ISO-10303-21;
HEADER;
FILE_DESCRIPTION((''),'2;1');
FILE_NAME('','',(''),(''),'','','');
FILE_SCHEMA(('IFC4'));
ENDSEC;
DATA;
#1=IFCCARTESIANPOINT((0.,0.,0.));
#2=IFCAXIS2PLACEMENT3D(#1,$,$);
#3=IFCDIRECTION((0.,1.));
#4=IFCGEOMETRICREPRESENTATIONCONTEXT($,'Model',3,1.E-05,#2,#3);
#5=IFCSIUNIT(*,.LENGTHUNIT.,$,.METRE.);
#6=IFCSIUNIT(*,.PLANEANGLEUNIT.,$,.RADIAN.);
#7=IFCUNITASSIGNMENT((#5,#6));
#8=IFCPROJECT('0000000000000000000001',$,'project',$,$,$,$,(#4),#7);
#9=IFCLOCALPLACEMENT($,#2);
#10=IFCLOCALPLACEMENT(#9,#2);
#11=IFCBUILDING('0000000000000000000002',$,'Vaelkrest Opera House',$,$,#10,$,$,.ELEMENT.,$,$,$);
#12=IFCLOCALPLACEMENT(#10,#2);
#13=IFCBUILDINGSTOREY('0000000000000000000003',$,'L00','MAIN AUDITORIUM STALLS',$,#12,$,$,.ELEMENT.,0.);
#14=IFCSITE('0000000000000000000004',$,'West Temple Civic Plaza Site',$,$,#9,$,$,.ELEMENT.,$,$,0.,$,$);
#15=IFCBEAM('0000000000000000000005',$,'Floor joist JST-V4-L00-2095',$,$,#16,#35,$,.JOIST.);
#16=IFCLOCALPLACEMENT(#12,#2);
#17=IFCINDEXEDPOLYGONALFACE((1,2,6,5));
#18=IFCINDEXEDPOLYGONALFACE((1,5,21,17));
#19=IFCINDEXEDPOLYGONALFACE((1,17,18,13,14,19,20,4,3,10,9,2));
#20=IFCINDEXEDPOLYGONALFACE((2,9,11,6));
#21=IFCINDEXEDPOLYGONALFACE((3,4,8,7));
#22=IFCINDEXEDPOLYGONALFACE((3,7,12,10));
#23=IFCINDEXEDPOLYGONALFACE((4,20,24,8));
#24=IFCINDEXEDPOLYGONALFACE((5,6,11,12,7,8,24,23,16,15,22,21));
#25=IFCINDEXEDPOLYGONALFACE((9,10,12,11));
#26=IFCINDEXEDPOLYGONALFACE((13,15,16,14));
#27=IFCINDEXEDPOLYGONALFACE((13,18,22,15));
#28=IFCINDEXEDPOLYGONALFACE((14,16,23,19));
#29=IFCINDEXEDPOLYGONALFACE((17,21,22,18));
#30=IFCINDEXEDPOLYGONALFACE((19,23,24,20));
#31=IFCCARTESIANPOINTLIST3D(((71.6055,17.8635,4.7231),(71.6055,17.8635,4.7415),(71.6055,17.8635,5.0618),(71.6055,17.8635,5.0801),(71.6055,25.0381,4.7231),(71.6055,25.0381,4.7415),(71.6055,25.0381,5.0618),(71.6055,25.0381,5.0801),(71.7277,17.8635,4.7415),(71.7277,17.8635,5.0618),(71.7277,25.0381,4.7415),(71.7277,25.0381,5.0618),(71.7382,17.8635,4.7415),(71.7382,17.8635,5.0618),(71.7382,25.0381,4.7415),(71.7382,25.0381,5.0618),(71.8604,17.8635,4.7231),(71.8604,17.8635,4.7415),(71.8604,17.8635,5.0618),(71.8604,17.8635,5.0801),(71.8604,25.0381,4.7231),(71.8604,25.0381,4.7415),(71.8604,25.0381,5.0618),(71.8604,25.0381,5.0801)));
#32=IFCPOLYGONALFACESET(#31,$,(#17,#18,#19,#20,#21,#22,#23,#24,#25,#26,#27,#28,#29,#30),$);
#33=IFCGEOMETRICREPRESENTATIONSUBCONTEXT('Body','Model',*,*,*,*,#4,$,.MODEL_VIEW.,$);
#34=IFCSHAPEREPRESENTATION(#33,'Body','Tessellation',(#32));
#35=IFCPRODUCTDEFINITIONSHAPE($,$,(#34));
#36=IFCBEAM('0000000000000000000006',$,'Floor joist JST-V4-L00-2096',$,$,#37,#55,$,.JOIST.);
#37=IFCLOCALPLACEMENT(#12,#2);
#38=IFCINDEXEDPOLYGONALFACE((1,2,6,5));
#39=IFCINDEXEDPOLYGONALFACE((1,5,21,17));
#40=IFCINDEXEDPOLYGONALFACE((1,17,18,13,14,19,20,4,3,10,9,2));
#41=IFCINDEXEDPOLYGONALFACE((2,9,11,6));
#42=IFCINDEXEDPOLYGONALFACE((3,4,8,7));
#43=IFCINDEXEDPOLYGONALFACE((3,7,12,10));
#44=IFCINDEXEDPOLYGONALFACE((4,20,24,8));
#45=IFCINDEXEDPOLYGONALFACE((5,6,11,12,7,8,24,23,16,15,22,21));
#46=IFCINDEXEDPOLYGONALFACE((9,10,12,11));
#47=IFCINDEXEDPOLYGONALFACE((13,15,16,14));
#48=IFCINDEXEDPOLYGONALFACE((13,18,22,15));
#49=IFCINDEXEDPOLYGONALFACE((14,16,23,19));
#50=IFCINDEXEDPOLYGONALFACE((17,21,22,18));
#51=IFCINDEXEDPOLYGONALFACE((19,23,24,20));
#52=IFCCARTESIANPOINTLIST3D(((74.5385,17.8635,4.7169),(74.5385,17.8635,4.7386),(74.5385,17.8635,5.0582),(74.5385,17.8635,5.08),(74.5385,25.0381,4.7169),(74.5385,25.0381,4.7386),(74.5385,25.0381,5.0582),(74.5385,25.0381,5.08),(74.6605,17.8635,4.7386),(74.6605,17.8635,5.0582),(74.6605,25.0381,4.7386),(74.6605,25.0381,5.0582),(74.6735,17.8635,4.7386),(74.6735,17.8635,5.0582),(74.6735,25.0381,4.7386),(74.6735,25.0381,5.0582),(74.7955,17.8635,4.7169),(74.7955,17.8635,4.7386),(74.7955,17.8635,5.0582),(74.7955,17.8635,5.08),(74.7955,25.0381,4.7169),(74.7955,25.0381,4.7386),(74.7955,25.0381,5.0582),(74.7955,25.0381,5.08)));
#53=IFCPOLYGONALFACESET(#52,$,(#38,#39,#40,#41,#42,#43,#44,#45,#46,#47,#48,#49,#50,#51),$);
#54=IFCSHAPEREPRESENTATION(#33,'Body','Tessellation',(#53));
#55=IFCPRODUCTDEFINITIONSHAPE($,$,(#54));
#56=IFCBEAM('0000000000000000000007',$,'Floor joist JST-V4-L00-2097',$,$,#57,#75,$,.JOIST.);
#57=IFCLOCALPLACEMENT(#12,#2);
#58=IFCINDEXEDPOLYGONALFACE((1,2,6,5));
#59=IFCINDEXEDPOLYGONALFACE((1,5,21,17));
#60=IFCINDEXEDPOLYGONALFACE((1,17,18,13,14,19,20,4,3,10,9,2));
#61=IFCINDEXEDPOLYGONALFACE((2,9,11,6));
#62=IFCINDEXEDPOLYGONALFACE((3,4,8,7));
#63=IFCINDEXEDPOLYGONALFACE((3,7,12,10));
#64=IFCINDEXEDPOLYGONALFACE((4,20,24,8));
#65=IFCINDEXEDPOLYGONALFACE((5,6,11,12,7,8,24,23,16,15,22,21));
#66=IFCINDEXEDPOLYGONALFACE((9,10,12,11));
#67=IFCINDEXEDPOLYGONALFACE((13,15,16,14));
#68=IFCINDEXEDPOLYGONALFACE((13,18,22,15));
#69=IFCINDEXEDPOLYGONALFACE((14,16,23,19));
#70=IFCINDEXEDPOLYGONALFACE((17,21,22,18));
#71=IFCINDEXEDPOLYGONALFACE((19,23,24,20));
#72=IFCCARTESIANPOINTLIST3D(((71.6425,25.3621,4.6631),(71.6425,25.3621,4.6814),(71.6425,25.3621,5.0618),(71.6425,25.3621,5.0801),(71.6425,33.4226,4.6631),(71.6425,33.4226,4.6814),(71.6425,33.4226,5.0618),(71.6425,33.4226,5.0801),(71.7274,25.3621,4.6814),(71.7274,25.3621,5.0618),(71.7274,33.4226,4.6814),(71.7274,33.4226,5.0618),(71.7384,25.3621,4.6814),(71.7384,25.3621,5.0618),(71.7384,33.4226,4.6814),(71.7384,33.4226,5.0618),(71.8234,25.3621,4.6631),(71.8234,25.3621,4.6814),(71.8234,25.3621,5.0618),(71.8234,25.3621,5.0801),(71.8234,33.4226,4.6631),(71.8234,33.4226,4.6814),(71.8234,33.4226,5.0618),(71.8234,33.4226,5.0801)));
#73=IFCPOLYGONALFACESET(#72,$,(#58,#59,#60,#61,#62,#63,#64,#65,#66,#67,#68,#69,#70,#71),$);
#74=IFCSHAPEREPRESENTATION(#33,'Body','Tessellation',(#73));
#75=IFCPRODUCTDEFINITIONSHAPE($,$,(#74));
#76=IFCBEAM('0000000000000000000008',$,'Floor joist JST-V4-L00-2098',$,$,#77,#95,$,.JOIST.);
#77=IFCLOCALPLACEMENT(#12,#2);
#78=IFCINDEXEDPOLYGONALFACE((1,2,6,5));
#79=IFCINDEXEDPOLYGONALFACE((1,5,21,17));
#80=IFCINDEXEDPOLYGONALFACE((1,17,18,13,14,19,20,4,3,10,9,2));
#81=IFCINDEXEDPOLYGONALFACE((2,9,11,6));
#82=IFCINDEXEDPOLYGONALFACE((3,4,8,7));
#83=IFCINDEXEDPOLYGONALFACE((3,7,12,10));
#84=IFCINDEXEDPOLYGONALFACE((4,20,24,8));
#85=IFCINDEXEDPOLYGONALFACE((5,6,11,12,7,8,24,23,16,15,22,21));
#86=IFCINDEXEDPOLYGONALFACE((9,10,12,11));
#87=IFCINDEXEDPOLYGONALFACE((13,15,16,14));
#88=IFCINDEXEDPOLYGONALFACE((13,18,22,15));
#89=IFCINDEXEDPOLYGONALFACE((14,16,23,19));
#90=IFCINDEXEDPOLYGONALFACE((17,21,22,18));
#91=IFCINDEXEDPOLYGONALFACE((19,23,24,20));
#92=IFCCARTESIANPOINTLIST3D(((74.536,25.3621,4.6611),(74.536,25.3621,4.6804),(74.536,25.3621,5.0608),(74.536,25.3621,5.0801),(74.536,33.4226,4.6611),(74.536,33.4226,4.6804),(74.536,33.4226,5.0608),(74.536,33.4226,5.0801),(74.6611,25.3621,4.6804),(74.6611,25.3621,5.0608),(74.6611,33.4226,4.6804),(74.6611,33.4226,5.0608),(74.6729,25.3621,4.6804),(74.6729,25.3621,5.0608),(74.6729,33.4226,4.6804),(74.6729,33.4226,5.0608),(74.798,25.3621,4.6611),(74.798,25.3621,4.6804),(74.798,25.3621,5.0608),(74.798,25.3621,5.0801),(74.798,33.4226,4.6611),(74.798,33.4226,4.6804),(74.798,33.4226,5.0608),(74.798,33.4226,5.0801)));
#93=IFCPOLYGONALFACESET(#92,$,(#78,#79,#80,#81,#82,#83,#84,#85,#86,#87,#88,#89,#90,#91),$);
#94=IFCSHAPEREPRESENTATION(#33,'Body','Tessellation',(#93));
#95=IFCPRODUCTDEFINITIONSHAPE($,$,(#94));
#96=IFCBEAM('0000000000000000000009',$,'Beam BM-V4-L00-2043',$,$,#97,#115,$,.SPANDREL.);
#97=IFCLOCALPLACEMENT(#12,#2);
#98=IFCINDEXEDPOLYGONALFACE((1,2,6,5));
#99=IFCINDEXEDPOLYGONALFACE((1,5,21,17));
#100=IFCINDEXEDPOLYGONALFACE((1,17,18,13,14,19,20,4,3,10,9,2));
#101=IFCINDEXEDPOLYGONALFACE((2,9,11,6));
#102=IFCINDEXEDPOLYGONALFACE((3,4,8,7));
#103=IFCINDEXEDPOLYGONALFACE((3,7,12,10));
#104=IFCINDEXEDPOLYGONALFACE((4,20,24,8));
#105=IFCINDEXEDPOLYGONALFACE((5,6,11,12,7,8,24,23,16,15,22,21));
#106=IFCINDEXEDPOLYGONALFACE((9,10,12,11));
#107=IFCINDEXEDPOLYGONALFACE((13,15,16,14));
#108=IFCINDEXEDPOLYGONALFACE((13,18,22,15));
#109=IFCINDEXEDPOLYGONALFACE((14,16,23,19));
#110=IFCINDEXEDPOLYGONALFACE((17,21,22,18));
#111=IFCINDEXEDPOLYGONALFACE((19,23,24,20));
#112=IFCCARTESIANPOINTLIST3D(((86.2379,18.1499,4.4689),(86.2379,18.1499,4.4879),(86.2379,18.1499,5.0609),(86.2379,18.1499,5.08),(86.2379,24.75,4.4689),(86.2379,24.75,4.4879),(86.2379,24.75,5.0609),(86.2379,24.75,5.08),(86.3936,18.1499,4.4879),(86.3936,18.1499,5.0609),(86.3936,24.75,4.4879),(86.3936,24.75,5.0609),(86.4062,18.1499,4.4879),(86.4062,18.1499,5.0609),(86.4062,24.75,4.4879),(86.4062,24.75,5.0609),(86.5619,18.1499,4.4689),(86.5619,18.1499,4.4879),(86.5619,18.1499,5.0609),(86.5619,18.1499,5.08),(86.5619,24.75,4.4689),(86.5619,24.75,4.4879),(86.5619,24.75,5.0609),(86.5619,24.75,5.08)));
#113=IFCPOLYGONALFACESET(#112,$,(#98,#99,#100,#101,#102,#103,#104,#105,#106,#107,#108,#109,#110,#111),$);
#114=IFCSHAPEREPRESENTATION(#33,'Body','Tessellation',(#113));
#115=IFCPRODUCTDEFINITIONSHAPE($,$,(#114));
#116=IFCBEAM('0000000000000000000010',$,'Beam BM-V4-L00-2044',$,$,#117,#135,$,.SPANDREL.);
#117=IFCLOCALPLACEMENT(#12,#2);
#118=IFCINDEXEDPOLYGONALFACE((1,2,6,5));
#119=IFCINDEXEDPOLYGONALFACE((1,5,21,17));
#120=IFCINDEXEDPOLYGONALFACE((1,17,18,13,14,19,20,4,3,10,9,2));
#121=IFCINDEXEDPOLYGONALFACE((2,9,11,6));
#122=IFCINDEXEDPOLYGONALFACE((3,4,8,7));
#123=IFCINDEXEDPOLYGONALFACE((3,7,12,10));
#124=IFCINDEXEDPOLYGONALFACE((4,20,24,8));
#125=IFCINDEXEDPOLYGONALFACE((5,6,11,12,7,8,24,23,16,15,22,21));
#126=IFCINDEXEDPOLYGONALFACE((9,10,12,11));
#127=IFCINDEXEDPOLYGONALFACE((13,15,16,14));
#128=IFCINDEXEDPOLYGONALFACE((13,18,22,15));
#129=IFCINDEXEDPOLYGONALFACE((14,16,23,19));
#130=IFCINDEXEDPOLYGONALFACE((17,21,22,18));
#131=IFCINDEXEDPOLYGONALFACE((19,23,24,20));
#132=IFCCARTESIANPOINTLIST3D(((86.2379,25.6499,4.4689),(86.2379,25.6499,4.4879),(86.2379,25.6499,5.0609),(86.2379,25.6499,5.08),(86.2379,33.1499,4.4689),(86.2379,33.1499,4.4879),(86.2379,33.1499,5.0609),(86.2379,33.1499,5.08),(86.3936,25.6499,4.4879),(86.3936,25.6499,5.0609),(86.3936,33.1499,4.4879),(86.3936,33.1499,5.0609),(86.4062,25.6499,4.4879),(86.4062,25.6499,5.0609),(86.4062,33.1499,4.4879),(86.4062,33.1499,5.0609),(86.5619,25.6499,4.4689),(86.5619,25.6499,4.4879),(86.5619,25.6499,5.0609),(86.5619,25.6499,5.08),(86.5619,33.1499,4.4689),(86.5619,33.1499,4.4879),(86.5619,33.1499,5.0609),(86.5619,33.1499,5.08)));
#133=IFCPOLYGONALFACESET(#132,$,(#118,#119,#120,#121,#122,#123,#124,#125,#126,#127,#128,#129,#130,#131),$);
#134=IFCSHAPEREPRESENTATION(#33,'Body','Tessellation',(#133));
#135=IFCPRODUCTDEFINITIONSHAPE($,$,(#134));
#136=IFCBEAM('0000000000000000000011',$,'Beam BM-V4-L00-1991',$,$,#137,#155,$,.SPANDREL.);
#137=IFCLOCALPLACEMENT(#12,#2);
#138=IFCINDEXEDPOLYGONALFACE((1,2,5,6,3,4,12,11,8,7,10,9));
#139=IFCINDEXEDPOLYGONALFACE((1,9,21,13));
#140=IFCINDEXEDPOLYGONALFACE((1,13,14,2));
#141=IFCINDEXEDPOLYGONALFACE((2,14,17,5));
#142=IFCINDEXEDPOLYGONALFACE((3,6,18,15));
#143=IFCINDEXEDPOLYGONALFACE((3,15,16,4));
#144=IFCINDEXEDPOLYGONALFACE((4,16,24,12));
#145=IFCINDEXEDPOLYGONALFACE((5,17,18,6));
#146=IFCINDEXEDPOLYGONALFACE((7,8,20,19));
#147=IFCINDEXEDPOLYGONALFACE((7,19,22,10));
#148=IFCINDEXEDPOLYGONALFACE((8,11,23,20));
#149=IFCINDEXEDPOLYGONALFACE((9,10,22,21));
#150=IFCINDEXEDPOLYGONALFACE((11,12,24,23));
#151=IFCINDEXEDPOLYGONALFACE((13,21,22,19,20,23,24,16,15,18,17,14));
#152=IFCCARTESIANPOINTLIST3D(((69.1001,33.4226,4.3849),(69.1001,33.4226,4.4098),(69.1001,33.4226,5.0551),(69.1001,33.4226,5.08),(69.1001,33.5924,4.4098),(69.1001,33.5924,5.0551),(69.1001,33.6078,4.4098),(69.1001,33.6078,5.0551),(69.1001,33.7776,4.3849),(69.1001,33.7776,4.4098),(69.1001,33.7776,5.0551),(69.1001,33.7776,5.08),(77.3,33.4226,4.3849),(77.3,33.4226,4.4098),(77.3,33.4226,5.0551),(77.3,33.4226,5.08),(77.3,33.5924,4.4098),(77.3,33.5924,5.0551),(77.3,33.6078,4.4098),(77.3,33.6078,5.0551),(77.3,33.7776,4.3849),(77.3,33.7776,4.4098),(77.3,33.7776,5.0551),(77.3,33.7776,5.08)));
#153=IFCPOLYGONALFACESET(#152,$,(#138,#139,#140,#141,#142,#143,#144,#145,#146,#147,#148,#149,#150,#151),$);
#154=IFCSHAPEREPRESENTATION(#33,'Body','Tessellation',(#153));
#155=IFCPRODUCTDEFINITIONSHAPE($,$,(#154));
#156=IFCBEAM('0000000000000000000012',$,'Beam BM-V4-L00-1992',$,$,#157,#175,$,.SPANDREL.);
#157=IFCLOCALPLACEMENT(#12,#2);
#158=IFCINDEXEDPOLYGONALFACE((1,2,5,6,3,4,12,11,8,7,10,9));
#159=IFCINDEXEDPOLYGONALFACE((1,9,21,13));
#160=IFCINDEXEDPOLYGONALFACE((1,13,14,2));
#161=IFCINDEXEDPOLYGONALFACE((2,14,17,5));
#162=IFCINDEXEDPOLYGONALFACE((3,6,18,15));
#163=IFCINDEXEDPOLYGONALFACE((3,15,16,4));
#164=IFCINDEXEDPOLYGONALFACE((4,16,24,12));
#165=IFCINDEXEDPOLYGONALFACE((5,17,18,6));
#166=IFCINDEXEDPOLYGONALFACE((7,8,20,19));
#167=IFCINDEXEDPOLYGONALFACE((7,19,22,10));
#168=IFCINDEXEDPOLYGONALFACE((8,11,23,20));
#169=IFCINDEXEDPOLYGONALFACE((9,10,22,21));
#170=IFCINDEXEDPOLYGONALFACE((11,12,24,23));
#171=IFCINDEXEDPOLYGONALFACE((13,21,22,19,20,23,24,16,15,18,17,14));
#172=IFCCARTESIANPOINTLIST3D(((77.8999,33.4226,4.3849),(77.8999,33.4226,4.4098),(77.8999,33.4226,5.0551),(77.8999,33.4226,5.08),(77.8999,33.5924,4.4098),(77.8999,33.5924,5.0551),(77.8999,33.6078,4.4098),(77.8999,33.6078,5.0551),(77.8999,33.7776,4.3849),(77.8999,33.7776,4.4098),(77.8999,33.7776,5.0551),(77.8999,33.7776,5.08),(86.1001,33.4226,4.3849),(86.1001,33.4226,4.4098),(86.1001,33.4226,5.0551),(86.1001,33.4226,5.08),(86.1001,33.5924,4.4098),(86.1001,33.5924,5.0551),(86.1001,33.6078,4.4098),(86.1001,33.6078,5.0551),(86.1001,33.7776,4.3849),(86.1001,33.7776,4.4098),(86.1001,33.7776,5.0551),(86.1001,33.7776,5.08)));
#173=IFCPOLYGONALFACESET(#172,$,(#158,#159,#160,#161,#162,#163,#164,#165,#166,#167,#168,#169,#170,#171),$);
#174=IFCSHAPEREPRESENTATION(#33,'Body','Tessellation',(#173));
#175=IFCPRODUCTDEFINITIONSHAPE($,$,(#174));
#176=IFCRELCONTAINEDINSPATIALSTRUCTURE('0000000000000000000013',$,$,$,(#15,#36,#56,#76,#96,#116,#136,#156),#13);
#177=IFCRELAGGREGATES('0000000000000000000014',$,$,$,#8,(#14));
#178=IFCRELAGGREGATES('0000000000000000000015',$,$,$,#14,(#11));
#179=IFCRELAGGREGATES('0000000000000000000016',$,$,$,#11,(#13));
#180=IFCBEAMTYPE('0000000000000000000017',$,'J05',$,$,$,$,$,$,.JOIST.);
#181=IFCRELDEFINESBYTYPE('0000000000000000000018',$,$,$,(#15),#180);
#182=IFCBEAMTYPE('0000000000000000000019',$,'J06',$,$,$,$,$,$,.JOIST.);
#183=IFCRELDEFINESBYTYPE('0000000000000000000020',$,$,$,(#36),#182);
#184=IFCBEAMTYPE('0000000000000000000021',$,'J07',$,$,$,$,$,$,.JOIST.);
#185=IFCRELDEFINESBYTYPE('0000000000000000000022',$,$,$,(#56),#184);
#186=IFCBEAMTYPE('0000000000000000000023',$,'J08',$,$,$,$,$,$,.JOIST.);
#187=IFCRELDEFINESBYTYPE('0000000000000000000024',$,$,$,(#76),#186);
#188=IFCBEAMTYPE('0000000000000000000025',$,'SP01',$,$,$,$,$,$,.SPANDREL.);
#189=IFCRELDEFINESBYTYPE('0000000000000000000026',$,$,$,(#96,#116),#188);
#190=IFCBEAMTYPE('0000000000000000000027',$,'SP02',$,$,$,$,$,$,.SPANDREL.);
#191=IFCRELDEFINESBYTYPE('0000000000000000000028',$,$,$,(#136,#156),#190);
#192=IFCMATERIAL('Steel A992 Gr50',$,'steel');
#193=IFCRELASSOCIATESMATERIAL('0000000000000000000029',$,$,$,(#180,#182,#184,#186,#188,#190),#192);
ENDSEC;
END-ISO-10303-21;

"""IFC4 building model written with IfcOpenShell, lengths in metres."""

from ifc_helpers import new_model, si_unit, direction, frame, origin, origin_2d, place, context, subcontext, project, spatial, i_section, extrude, material, material_profile, profile_set, type_object, element, save


model = new_model("IFC4")

# Units and contexts
model_context = context("Model", 3, precision=1e-05, world=origin(), true_north=direction((0.0, 1.0)))
body_context = subcontext(model_context, "Body", "Model", "MODEL_VIEW")
ifc_project = project(units=[si_unit("LENGTHUNIT", "METRE"), si_unit("PLANEANGLEUNIT", "RADIAN")], contexts=[model_context])

# Site, building, storey
site_placement = place(None, origin())
site = spatial("IfcSite", under=ifc_project, at=site_placement, Name="West Temple Civic Plaza Site", CompositionType="ELEMENT", RefElevation=0.0)
building_placement = place(site_placement, origin())
building = spatial("IfcBuilding", under=site, at=building_placement, Name="Vaelkrest Opera House", CompositionType="ELEMENT")
storey_placement = place(building_placement, origin())
storey = spatial("IfcBuildingStorey", under=building, at=storey_placement, Name="L00", Description="MAIN AUDITORIUM STALLS", CompositionType="ELEMENT", Elevation=0.0)

# Beams
ifc_material_1 = material(Name="Steel A992 Gr50", Category="steel")
ifc_material_profile_1 = material_profile(ifc_material_1, i_section(OverallWidth=0.2549, OverallDepth=0.3569, WebThickness=0.0105, FlangeThickness=0.0183, at=origin_2d()), Name="W14X68")
ifc_profile_set_1 = profile_set([ifc_material_profile_1], Name="Steel A992 Gr50")
beam_type_1 = type_object("IfcBeamType", Name="J05", PredefinedType="JOIST", material=ifc_profile_set_1)
beam_1_placement = place(storey_placement, frame((71.7329, 17.8635, 4.9016), z_axis=(0.0, 1.0, 0.0), x_axis=(-1.0, 0.0, 0.0)))
element("IfcBeam", 1, at=beam_1_placement, inside=storey, type_object=beam_type_1, Name="Floor joist JST-V4-L00-2095", PredefinedType="JOIST", context=body_context, shape_type="SweptSolid", body=[
    extrude(i_section(OverallWidth=0.2549, OverallDepth=0.3569, WebThickness=0.0105, FlangeThickness=0.0183, at=origin_2d()), origin(), (0.0, 0.0, 1.0), 7.1746),
])
ifc_material_profile_2 = material_profile(ifc_material_1, i_section(OverallWidth=0.2571, OverallDepth=0.363, WebThickness=0.0129, FlangeThickness=0.0217, at=origin_2d()), Name="W14X82")
ifc_profile_set_2 = profile_set([ifc_material_profile_2], Name="Steel A992 Gr50")
beam_type_2 = type_object("IfcBeamType", Name="J06", PredefinedType="JOIST", material=ifc_profile_set_2)
beam_2_placement = place(storey_placement, frame((74.667, 17.8635, 4.8984), z_axis=(0.0, 1.0, 0.0), x_axis=(-1.0, 0.0, 0.0)))
element("IfcBeam", 2, at=beam_2_placement, inside=storey, type_object=beam_type_2, Name="Floor joist JST-V4-L00-2096", PredefinedType="JOIST", context=body_context, shape_type="SweptSolid", body=[
    extrude(i_section(OverallWidth=0.2571, OverallDepth=0.363, WebThickness=0.0129, FlangeThickness=0.0217, at=origin_2d()), origin(), (0.0, 0.0, 1.0), 7.1746),
])
ifc_material_profile_3 = material_profile(ifc_material_1, i_section(OverallWidth=0.1809, OverallDepth=0.417, WebThickness=0.011, FlangeThickness=0.0183, at=origin_2d()), Name="W16X57")
ifc_profile_set_3 = profile_set([ifc_material_profile_3], Name="Steel A992 Gr50")
beam_type_3 = type_object("IfcBeamType", Name="J07", PredefinedType="JOIST", material=ifc_profile_set_3)
beam_3_placement = place(storey_placement, frame((71.7329, 25.3621, 4.8716), z_axis=(0.0, 1.0, 0.0), x_axis=(-1.0, 0.0, 0.0)))
element("IfcBeam", 3, at=beam_3_placement, inside=storey, type_object=beam_type_3, Name="Floor joist JST-V4-L00-2097", PredefinedType="JOIST", context=body_context, shape_type="SweptSolid", body=[
    extrude(i_section(OverallWidth=0.1809, OverallDepth=0.417, WebThickness=0.011, FlangeThickness=0.0183, at=origin_2d()), origin(), (0.0, 0.0, 1.0), 8.0605),
])
ifc_material_profile_4 = material_profile(ifc_material_1, i_section(OverallWidth=0.262, OverallDepth=0.4189, WebThickness=0.0117, FlangeThickness=0.0193, at=origin_2d()), Name="W16X77")
ifc_profile_set_4 = profile_set([ifc_material_profile_4], Name="Steel A992 Gr50")
beam_type_4 = type_object("IfcBeamType", Name="J08", PredefinedType="JOIST", material=ifc_profile_set_4)
beam_4_placement = place(storey_placement, frame((74.667, 25.3621, 4.8706), z_axis=(0.0, 1.0, 0.0), x_axis=(-1.0, 0.0, 0.0)))
element("IfcBeam", 4, at=beam_4_placement, inside=storey, type_object=beam_type_4, Name="Floor joist JST-V4-L00-2098", PredefinedType="JOIST", context=body_context, shape_type="SweptSolid", body=[
    extrude(i_section(OverallWidth=0.262, OverallDepth=0.4189, WebThickness=0.0117, FlangeThickness=0.0193, at=origin_2d()), origin(), (0.0, 0.0, 1.0), 8.0605),
])
ifc_material_profile_5 = material_profile(ifc_material_1, i_section(OverallWidth=0.324, OverallDepth=0.6111, WebThickness=0.0127, FlangeThickness=0.019, at=origin_2d()), Name="W24X104")
ifc_profile_set_5 = profile_set([ifc_material_profile_5], Name="Steel A992 Gr50")
beam_type_5 = type_object("IfcBeamType", Name="SP01", PredefinedType="SPANDREL", material=ifc_profile_set_5)
beam_5_placement = place(storey_placement, frame((86.3999, 18.1499, 4.7744), z_axis=(0.0, 1.0, 0.0), x_axis=(-1.0, 0.0, 0.0)))
element("IfcBeam", 5, at=beam_5_placement, inside=storey, type_object=beam_type_5, Name="Beam BM-V4-L00-2043", PredefinedType="SPANDREL", context=body_context, shape_type="SweptSolid", body=[
    extrude(i_section(OverallWidth=0.324, OverallDepth=0.6111, WebThickness=0.0127, FlangeThickness=0.019, at=origin_2d()), origin(), (0.0, 0.0, 1.0), 6.6001),
])
beam_6_placement = place(storey_placement, frame((86.3999, 25.6499, 4.7744), z_axis=(0.0, 1.0, 0.0), x_axis=(-1.0, 0.0, 0.0)))
element("IfcBeam", 6, at=beam_6_placement, inside=storey, type_object=beam_type_5, Name="Beam BM-V4-L00-2044", PredefinedType="SPANDREL", context=body_context, shape_type="SweptSolid", body=[
    extrude(i_section(OverallWidth=0.324, OverallDepth=0.6111, WebThickness=0.0127, FlangeThickness=0.019, at=origin_2d()), origin(), (0.0, 0.0, 1.0), 7.5),
])
ifc_material_profile_6 = material_profile(ifc_material_1, i_section(OverallWidth=0.355, OverallDepth=0.6951, WebThickness=0.0154, FlangeThickness=0.0249, at=origin_2d()), Name="W27X146")
ifc_profile_set_6 = profile_set([ifc_material_profile_6], Name="Steel A992 Gr50")
beam_type_6 = type_object("IfcBeamType", Name="SP02", PredefinedType="SPANDREL", material=ifc_profile_set_6)
beam_7_placement = place(storey_placement, frame((69.1001, 33.6001, 4.7324), z_axis=(1.0, 0.0, 0.0), x_axis=(0.0, 1.0, 0.0)))
element("IfcBeam", 7, at=beam_7_placement, inside=storey, type_object=beam_type_6, Name="Beam BM-V4-L00-1991", PredefinedType="SPANDREL", context=body_context, shape_type="SweptSolid", body=[
    extrude(i_section(OverallWidth=0.355, OverallDepth=0.6951, WebThickness=0.0154, FlangeThickness=0.0249, at=origin_2d()), origin(), (0.0, 0.0, 1.0), 8.2),
])
beam_8_placement = place(storey_placement, frame((77.8999, 33.6001, 4.7324), z_axis=(1.0, 0.0, 0.0), x_axis=(0.0, 1.0, 0.0)))
element("IfcBeam", 8, at=beam_8_placement, inside=storey, type_object=beam_type_6, Name="Beam BM-V4-L00-1992", PredefinedType="SPANDREL", context=body_context, shape_type="SweptSolid", body=[
    extrude(i_section(OverallWidth=0.355, OverallDepth=0.6951, WebThickness=0.0154, FlangeThickness=0.0249, at=origin_2d()), origin(), (0.0, 0.0, 1.0), 8.2002),
])

save(model, "model.ifc")
